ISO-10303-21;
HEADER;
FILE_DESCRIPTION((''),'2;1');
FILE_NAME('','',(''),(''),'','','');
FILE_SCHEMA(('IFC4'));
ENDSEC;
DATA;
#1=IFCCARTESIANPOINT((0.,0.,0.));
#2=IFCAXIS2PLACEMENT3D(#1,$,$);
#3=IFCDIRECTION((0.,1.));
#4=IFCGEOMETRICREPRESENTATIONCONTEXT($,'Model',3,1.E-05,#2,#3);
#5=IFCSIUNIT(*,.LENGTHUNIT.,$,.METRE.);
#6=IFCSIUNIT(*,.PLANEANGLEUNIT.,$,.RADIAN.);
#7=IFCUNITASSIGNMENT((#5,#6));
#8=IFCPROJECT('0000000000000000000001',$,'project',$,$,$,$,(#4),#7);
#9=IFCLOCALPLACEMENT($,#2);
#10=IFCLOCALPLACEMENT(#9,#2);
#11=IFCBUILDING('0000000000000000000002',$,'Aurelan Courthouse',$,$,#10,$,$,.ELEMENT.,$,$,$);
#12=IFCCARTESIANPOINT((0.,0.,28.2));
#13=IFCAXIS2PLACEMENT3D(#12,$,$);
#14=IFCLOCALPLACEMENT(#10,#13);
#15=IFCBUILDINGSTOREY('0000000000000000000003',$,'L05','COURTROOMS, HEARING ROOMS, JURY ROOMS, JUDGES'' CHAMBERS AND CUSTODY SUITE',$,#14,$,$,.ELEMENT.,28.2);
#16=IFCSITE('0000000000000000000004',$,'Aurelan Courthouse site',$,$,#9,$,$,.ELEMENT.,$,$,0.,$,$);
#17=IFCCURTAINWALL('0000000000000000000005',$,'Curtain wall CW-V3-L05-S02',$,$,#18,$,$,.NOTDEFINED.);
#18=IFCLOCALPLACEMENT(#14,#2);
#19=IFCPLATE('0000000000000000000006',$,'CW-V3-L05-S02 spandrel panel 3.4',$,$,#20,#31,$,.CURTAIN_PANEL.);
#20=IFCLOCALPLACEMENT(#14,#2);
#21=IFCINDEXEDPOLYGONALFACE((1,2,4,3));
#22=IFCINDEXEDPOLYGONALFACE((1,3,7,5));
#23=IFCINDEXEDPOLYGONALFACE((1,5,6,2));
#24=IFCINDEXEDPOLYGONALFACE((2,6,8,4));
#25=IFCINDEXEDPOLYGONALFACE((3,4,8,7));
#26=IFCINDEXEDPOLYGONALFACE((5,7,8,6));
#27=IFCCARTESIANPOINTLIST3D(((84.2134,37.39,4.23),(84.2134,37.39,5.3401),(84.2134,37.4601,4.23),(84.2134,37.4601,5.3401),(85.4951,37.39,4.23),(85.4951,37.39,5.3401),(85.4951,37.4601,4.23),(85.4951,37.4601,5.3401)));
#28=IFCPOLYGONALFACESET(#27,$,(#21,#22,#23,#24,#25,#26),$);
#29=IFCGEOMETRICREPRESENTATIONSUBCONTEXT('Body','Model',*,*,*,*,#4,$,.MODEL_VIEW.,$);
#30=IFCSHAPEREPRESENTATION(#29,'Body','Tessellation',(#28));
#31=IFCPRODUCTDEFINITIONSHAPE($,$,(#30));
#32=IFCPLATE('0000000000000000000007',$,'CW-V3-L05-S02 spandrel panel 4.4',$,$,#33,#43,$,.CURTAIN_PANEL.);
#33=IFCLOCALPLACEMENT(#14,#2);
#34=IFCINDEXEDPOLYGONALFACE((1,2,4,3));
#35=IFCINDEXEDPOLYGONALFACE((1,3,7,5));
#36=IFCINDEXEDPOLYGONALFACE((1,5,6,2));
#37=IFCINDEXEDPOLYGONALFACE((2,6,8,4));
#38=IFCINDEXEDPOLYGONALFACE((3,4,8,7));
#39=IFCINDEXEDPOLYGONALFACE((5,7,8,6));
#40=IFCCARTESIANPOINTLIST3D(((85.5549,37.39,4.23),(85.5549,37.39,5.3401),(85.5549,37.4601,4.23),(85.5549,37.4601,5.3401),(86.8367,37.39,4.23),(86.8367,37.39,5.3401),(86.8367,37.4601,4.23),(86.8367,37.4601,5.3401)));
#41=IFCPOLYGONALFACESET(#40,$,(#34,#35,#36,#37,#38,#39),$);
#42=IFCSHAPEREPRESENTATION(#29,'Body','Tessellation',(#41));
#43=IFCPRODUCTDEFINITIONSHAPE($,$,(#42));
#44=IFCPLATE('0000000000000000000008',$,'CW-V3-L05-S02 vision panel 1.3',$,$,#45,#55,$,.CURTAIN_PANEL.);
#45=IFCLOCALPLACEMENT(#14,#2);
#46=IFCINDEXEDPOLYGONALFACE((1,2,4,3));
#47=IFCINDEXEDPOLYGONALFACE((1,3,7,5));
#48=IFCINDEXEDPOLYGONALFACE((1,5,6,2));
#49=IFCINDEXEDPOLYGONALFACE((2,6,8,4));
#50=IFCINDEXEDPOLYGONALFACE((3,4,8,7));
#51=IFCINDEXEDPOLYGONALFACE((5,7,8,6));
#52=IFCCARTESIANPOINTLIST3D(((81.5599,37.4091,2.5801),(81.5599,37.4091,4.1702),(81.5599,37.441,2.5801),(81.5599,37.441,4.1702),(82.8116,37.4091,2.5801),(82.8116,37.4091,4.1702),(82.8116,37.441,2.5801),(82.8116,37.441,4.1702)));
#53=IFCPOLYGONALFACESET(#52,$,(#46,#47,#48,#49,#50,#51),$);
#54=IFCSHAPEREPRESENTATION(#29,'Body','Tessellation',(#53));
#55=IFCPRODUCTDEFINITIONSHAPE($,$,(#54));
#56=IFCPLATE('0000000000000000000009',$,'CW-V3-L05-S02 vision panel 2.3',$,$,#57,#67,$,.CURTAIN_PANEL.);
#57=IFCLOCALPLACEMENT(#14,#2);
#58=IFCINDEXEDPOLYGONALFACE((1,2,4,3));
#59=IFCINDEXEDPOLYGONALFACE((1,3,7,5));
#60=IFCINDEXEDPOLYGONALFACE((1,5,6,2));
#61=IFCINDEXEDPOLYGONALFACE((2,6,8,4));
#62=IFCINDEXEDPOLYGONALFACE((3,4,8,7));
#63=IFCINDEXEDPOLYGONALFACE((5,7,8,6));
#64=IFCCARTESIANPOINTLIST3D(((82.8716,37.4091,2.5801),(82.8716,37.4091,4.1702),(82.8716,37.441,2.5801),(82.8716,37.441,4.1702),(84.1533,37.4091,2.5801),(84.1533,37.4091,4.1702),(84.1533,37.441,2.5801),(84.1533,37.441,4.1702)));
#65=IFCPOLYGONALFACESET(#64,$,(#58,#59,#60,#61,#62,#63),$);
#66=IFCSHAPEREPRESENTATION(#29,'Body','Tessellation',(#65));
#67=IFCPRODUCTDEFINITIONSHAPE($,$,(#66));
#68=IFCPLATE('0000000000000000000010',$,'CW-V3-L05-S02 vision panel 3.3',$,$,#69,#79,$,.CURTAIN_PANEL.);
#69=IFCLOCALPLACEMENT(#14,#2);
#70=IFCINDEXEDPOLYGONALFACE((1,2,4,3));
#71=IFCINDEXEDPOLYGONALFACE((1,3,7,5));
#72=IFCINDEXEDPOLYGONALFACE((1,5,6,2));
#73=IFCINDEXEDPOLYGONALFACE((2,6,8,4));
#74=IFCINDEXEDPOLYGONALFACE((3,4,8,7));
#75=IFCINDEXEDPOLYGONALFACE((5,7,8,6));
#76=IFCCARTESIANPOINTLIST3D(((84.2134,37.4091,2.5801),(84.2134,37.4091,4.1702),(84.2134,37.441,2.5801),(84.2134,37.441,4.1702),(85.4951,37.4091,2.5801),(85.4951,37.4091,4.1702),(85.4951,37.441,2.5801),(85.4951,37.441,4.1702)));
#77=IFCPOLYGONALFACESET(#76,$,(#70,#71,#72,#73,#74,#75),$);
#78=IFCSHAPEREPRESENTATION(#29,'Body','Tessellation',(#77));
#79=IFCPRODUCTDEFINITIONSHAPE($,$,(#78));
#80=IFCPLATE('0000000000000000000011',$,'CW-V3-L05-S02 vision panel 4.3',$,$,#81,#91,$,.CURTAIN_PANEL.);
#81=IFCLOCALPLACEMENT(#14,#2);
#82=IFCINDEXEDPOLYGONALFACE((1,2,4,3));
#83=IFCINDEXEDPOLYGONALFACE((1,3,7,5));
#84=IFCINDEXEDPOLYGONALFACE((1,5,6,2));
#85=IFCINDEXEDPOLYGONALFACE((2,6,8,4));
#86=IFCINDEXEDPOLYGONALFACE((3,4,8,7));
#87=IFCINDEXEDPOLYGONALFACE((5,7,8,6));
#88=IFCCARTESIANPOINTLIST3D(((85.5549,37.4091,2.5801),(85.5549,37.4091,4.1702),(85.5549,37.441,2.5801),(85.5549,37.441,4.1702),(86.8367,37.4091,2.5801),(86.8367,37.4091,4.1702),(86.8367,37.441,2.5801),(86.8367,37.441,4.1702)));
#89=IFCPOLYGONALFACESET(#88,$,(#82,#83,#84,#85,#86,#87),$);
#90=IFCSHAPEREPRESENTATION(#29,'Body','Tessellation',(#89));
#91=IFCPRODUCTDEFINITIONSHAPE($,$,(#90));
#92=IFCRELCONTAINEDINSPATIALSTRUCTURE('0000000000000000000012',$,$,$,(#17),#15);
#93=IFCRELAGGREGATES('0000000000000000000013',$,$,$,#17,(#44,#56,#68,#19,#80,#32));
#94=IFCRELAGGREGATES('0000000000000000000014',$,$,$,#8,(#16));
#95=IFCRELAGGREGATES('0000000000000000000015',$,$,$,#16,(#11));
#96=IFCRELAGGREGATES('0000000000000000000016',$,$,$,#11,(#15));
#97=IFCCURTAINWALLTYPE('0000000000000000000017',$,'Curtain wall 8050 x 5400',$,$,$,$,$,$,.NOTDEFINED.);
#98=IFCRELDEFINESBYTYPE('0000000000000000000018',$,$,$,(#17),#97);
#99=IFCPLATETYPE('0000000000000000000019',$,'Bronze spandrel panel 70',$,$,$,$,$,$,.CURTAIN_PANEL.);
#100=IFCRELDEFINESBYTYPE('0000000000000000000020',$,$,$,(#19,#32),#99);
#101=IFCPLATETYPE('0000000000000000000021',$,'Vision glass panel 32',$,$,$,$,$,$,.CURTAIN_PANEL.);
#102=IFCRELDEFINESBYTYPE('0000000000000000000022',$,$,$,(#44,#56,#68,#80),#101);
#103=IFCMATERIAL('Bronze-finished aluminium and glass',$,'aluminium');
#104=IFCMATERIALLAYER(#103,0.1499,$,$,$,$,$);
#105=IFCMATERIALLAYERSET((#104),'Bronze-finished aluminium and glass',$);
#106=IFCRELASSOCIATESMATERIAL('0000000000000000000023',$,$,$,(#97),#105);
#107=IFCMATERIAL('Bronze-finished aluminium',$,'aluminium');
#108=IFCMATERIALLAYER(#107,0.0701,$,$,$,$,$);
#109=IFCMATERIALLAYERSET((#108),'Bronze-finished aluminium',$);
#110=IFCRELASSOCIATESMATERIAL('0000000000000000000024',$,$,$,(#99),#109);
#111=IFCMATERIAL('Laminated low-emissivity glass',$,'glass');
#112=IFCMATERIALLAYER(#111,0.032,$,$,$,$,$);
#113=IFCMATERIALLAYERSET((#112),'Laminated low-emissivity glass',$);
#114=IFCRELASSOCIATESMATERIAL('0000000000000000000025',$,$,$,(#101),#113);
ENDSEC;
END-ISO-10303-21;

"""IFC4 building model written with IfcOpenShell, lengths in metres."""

from ifc_helpers import new_model, si_unit, direction, frame, origin, origin_2d, place, context, subcontext, project, spatial, rectangle, extrude, material, layer, layer_set, type_object, element, aggregate, save


model = new_model("IFC4")

# Units and contexts
model_context = context("Model", 3, precision=1e-05, world=origin(), true_north=direction((0.0, 1.0)))
body_context = subcontext(model_context, "Body", "Model", "MODEL_VIEW")
ifc_project = project(units=[si_unit("LENGTHUNIT", "METRE"), si_unit("PLANEANGLEUNIT", "RADIAN")], contexts=[model_context])

# Site, building, storey
site_placement = place(None, origin())
site = spatial("IfcSite", under=ifc_project, at=site_placement, Name="Aurelan Courthouse site", CompositionType="ELEMENT", RefElevation=0.0)
building_placement = place(site_placement, origin())
building = spatial("IfcBuilding", under=site, at=building_placement, Name="Aurelan Courthouse", CompositionType="ELEMENT")
storey_placement = place(building_placement, frame((0.0, 0.0, 28.2)))
storey = spatial("IfcBuildingStorey", under=building, at=storey_placement, Name="L05", Description="COURTROOMS, HEARING ROOMS, JURY ROOMS, JUDGES' CHAMBERS AND CUSTODY SUITE", CompositionType="ELEMENT", Elevation=28.2)

# Curtain wall, plates
ifc_material_1 = material(Name="Bronze-finished aluminium and glass", Category="aluminium")
ifc_layer_1 = layer(ifc_material_1, 0.1499)
ifc_layer_set_1 = layer_set([ifc_layer_1], Name="Bronze-finished aluminium and glass")
curtain_wall_type = type_object("IfcCurtainWallType", Name="Curtain wall 8050 x 5400", PredefinedType="NOTDEFINED", material=ifc_layer_set_1)
curtain_wall_placement = place(storey_placement, origin())
curtain_wall = element("IfcCurtainWall", 1, at=curtain_wall_placement, inside=storey, type_object=curtain_wall_type, Name="Curtain wall CW-V3-L05-S02", PredefinedType="NOTDEFINED")
ifc_material_2 = material(Name="Bronze-finished aluminium", Category="aluminium")
ifc_layer_2 = layer(ifc_material_2, 0.0701)
ifc_layer_set_2 = layer_set([ifc_layer_2], Name="Bronze-finished aluminium")
plate_type_1 = type_object("IfcPlateType", Name="Bronze spandrel panel 70", PredefinedType="CURTAIN_PANEL", material=ifc_layer_set_2)
plate_1_placement = place(storey_placement, frame((84.8542, 37.425, 4.23), z_axis=(0.0, 0.0, 1.0), x_axis=(1.0, 0.0, 0.0)))
plate_1 = element("IfcPlate", 2, at=plate_1_placement, type_object=plate_type_1, Name="CW-V3-L05-S02 spandrel panel 3.4", PredefinedType="CURTAIN_PANEL", context=body_context, shape_type="SweptSolid", body=[
    extrude(rectangle(XDim=1.2817, YDim=0.0701, at=origin_2d()), origin(), (0.0, 0.0, 1.0), 1.1101),
])
plate_2_placement = place(storey_placement, frame((86.1958, 37.425, 4.23), z_axis=(0.0, 0.0, 1.0), x_axis=(1.0, 0.0, 0.0)))
plate_2 = element("IfcPlate", 3, at=plate_2_placement, type_object=plate_type_1, Name="CW-V3-L05-S02 spandrel panel 4.4", PredefinedType="CURTAIN_PANEL", context=body_context, shape_type="SweptSolid", body=[
    extrude(rectangle(XDim=1.2817, YDim=0.0701, at=origin_2d()), origin(), (0.0, 0.0, 1.0), 1.1101),
])
ifc_material_3 = material(Name="Laminated low-emissivity glass", Category="glass")
ifc_layer_3 = layer(ifc_material_3, 0.032)
ifc_layer_set_3 = layer_set([ifc_layer_3], Name="Laminated low-emissivity glass")
plate_type_2 = type_object("IfcPlateType", Name="Vision glass panel 32", PredefinedType="CURTAIN_PANEL", material=ifc_layer_set_3)
plate_3_placement = place(storey_placement, frame((82.1858, 37.425, 2.5801), z_axis=(0.0, 0.0, 1.0), x_axis=(1.0, 0.0, 0.0)))
plate_3 = element("IfcPlate", 4, at=plate_3_placement, type_object=plate_type_2, Name="CW-V3-L05-S02 vision panel 1.3", PredefinedType="CURTAIN_PANEL", context=body_context, shape_type="SweptSolid", body=[
    extrude(rectangle(XDim=1.2517, YDim=0.032, at=origin_2d()), origin(), (0.0, 0.0, 1.0), 1.5901),
])
plate_4_placement = place(storey_placement, frame((83.5125, 37.425, 2.5801), z_axis=(0.0, 0.0, 1.0), x_axis=(1.0, 0.0, 0.0)))
plate_4 = element("IfcPlate", 5, at=plate_4_placement, type_object=plate_type_2, Name="CW-V3-L05-S02 vision panel 2.3", PredefinedType="CURTAIN_PANEL", context=body_context, shape_type="SweptSolid", body=[
    extrude(rectangle(XDim=1.2817, YDim=0.032, at=origin_2d()), origin(), (0.0, 0.0, 1.0), 1.5901),
])
plate_5_placement = place(storey_placement, frame((84.8542, 37.425, 2.5801), z_axis=(0.0, 0.0, 1.0), x_axis=(1.0, 0.0, 0.0)))
plate_5 = element("IfcPlate", 6, at=plate_5_placement, type_object=plate_type_2, Name="CW-V3-L05-S02 vision panel 3.3", PredefinedType="CURTAIN_PANEL", context=body_context, shape_type="SweptSolid", body=[
    extrude(rectangle(XDim=1.2817, YDim=0.032, at=origin_2d()), origin(), (0.0, 0.0, 1.0), 1.5901),
])
plate_6_placement = place(storey_placement, frame((86.1958, 37.425, 2.5801), z_axis=(0.0, 0.0, 1.0), x_axis=(1.0, 0.0, 0.0)))
plate_6 = element("IfcPlate", 7, at=plate_6_placement, type_object=plate_type_2, Name="CW-V3-L05-S02 vision panel 4.3", PredefinedType="CURTAIN_PANEL", context=body_context, shape_type="SweptSolid", body=[
    extrude(rectangle(XDim=1.2817, YDim=0.032, at=origin_2d()), origin(), (0.0, 0.0, 1.0), 1.5901),
])
aggregate(curtain_wall, [plate_3, plate_4, plate_5, plate_1, plate_6, plate_2])

save(model, "model.ifc")
